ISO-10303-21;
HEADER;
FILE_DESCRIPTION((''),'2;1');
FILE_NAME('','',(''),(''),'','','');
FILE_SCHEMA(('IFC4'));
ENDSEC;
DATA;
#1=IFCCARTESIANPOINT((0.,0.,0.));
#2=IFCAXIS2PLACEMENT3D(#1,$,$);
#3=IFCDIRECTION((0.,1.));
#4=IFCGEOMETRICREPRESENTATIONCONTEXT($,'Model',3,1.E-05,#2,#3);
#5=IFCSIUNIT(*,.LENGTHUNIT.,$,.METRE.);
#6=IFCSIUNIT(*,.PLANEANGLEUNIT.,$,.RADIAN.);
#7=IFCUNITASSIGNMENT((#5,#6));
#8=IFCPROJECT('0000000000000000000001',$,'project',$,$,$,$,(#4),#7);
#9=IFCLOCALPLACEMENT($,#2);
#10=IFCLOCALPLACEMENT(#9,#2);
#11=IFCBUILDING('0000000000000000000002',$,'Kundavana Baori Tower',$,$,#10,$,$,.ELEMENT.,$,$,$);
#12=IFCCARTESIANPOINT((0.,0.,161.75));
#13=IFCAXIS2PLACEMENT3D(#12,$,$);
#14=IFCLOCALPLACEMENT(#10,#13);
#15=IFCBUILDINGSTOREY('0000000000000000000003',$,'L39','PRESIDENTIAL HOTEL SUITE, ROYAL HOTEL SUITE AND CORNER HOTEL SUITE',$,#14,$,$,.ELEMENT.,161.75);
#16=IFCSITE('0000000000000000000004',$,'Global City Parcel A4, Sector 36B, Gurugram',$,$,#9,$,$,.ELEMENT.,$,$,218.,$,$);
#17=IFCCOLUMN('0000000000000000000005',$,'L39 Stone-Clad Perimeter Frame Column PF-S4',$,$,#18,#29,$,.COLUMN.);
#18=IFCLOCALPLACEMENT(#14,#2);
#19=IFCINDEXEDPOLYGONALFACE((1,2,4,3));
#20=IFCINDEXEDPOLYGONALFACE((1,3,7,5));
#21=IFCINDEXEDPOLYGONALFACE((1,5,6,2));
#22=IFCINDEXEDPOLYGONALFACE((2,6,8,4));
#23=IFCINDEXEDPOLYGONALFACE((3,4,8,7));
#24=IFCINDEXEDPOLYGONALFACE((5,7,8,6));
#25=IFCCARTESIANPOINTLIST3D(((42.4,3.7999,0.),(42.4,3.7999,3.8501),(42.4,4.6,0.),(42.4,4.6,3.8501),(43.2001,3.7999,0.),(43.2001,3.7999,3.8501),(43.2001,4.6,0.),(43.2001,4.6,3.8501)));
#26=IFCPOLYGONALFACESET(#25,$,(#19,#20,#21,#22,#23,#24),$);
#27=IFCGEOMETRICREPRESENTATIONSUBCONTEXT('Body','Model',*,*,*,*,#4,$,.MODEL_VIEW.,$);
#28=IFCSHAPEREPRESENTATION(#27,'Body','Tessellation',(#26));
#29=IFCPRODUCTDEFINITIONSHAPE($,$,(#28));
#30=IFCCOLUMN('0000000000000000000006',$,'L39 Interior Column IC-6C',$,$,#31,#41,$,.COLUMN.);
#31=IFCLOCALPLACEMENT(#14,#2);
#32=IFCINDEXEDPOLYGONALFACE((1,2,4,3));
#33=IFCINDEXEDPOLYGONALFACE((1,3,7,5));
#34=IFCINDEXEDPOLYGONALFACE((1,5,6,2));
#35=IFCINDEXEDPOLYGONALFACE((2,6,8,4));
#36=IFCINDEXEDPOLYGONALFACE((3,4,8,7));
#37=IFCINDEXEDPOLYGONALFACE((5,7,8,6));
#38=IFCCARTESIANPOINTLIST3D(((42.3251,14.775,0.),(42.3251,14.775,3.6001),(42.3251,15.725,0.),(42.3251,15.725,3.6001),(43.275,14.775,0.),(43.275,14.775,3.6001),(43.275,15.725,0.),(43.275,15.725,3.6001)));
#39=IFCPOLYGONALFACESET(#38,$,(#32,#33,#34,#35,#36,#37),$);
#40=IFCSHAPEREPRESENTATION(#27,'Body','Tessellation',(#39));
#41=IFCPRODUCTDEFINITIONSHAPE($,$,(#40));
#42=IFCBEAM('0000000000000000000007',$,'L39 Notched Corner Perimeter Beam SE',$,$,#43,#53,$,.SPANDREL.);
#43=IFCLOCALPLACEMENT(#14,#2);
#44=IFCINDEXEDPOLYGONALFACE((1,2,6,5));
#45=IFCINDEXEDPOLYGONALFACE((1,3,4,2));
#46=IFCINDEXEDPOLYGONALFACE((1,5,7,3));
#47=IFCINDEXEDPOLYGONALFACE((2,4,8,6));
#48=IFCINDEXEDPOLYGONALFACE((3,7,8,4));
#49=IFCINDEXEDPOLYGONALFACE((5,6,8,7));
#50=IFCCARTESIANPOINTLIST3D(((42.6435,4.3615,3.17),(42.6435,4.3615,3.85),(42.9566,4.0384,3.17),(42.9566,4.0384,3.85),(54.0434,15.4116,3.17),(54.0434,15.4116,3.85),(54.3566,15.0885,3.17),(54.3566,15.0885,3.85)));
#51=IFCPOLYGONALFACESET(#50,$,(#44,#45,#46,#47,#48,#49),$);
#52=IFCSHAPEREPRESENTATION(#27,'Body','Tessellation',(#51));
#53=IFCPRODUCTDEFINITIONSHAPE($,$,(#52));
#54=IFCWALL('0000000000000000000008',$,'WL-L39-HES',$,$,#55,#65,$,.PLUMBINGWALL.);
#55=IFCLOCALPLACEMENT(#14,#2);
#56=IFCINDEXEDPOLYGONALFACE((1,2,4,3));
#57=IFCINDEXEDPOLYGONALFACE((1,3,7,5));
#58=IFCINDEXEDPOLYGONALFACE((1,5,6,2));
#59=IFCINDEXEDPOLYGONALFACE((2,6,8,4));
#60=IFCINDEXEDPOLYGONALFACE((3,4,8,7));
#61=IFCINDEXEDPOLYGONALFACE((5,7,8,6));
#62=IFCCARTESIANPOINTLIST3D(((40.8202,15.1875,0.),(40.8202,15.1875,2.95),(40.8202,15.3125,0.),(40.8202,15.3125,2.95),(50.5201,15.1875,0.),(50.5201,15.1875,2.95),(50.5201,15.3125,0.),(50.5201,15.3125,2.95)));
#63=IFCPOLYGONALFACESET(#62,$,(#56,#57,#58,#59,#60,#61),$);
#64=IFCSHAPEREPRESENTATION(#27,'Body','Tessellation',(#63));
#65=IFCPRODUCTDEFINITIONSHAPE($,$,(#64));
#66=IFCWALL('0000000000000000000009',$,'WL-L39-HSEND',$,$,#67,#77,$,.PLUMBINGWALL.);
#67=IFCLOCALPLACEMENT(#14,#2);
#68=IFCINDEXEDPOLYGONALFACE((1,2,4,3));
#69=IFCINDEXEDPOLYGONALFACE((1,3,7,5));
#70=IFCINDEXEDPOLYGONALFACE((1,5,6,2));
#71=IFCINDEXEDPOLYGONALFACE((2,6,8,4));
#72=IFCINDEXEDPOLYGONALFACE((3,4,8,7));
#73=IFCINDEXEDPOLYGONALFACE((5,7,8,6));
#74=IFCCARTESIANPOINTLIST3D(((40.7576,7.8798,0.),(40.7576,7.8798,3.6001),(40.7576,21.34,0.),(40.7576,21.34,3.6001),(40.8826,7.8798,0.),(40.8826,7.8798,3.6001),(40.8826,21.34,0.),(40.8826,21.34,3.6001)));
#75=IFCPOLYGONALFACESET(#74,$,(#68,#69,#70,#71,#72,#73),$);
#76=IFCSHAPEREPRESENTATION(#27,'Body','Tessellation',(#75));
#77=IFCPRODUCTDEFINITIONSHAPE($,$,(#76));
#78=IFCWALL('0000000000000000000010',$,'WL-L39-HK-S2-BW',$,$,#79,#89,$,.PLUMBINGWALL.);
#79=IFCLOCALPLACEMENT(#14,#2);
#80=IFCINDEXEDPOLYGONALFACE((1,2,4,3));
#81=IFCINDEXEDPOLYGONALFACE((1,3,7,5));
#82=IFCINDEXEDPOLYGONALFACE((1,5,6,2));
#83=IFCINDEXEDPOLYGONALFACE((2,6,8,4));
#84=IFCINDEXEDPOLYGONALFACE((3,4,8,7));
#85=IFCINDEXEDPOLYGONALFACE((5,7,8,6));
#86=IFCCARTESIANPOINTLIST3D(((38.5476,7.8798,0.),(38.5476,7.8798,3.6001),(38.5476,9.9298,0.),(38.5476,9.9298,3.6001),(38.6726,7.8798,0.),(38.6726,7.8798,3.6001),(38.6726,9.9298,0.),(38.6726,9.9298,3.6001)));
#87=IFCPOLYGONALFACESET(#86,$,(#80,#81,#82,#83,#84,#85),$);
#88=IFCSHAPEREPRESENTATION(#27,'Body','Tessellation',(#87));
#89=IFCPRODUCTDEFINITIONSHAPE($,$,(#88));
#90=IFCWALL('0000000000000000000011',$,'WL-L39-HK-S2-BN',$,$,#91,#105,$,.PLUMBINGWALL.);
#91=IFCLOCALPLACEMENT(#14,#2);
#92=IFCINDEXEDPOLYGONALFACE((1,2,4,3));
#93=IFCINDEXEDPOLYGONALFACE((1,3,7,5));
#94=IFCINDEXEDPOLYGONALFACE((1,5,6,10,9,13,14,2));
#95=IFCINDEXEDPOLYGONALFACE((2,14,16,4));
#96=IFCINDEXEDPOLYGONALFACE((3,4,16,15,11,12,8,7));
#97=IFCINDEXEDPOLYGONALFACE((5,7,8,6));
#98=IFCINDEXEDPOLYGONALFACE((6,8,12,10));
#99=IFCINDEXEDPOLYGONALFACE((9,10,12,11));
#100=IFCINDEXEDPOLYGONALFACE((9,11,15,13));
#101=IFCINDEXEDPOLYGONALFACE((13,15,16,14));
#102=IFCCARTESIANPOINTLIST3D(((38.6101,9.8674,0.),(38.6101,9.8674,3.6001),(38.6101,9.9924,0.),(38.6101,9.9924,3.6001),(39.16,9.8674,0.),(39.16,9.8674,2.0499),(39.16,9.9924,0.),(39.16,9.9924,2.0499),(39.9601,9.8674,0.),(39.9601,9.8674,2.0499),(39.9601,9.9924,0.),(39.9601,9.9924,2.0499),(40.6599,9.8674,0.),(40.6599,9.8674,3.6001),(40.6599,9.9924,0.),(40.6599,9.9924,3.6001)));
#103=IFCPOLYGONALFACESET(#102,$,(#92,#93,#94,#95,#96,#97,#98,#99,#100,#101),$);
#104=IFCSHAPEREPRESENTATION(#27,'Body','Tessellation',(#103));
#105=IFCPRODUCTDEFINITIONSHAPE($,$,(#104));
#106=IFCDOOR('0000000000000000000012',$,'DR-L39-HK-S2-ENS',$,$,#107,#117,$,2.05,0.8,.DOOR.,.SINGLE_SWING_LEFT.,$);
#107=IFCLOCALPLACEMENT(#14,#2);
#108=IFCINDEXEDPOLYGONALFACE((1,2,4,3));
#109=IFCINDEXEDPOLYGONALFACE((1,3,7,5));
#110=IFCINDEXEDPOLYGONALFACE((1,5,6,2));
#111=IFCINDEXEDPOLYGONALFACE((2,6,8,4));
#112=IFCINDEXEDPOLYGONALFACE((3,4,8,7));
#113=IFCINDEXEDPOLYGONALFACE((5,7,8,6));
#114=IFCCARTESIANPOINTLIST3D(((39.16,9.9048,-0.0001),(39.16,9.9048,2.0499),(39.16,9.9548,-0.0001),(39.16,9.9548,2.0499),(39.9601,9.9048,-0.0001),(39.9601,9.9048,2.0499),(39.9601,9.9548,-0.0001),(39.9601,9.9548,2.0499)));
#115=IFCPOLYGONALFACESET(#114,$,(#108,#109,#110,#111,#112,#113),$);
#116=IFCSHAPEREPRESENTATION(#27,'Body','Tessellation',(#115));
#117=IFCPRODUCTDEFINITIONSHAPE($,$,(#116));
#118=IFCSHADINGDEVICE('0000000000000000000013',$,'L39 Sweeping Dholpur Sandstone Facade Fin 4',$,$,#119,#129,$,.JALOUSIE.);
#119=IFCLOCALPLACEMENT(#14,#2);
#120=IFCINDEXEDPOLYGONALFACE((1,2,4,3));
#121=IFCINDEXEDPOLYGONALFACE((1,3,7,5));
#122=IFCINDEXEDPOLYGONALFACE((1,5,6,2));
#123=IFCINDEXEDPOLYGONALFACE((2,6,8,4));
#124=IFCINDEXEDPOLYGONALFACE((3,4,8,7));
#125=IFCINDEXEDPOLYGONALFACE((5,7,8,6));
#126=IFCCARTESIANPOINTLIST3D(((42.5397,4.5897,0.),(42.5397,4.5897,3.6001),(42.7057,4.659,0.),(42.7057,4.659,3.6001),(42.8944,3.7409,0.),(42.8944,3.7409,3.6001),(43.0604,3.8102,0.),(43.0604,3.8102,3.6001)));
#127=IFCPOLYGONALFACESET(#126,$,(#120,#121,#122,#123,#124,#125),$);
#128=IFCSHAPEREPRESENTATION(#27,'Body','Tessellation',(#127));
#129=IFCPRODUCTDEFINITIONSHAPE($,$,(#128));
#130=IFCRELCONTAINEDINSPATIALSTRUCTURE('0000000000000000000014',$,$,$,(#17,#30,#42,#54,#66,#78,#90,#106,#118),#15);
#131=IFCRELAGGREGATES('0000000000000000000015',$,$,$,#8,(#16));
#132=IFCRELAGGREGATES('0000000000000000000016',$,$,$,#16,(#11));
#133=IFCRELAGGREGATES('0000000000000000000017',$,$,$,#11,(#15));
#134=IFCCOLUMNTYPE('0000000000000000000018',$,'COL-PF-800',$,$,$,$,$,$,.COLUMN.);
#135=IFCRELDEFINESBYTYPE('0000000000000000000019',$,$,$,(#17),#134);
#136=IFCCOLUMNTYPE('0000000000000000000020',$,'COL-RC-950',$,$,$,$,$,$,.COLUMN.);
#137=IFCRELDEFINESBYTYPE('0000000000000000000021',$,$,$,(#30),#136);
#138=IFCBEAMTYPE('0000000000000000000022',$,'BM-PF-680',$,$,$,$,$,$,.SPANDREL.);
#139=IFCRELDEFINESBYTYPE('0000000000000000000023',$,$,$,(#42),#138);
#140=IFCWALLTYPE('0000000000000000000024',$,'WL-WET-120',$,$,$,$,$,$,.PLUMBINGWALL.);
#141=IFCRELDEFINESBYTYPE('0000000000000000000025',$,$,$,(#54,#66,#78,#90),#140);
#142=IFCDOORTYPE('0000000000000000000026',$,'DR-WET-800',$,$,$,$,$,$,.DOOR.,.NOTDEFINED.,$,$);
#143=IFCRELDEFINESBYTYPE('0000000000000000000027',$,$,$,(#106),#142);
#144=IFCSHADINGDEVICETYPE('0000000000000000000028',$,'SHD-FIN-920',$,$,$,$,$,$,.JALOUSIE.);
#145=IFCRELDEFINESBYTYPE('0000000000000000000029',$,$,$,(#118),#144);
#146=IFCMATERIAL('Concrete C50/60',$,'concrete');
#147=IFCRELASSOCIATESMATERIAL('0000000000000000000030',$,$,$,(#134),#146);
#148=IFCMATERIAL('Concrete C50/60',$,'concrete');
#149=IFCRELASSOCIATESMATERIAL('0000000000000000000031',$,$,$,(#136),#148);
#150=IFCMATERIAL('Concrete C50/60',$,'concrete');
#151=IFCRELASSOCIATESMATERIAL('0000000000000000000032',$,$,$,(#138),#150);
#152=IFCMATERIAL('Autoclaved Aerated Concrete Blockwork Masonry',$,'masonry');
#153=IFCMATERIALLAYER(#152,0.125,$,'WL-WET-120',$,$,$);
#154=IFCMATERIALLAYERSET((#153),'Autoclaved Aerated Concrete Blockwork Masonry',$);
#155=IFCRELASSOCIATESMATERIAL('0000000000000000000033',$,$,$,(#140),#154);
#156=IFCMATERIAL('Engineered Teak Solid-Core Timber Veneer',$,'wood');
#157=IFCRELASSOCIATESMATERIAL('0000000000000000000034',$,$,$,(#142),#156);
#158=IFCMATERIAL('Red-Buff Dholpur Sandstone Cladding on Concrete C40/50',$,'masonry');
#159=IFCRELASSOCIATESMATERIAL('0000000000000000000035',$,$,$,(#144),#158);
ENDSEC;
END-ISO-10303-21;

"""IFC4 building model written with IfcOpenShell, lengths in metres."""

from ifc_helpers import new_model, si_unit, direction, frame, frame_2d, origin, origin_2d, place, context, subcontext, project, spatial, rectangle, extrude, material, layer, layer_set, material_profile, profile_set, type_object, element, fill, save


model = new_model("IFC4")

# Units and contexts
model_context = context("Model", 3, precision=1e-05, world=origin(), true_north=direction((0.0, 1.0)))
body_context = subcontext(model_context, "Body", "Model", "MODEL_VIEW")
ifc_project = project(units=[si_unit("LENGTHUNIT", "METRE"), si_unit("PLANEANGLEUNIT", "RADIAN")], contexts=[model_context])

# Site, building, storey
site_placement = place(None, origin())
site = spatial("IfcSite", under=ifc_project, at=site_placement, Name="Global City Parcel A4, Sector 36B, Gurugram", CompositionType="ELEMENT", RefElevation=218.0)
building_placement = place(site_placement, origin())
building = spatial("IfcBuilding", under=site, at=building_placement, Name="Kundavana Baori Tower", CompositionType="ELEMENT")
storey_placement = place(building_placement, frame((0.0, 0.0, 161.75)))
storey = spatial("IfcBuildingStorey", under=building, at=storey_placement, Name="L39", Description="PRESIDENTIAL HOTEL SUITE, ROYAL HOTEL SUITE AND CORNER HOTEL SUITE", CompositionType="ELEMENT", Elevation=161.75)

# Columns
ifc_material_1 = material(Name="Concrete C50/60", Category="concrete")
ifc_material_profile_1 = material_profile(ifc_material_1, rectangle(XDim=0.8, YDim=0.8, at=origin_2d()), Name="RC PF 800x800")
ifc_profile_set_1 = profile_set([ifc_material_profile_1], Name="Concrete C50/60")
column_type_1 = type_object("IfcColumnType", Name="COL-PF-800", PredefinedType="COLUMN", material=ifc_profile_set_1)
column_1_placement = place(storey_placement, frame((42.8, 4.2, 0.0), z_axis=(0.0, 0.0, 1.0), x_axis=(1.0, 0.0, 0.0)))
element("IfcColumn", 1, at=column_1_placement, inside=storey, type_object=column_type_1, Name="L39 Stone-Clad Perimeter Frame Column PF-S4", PredefinedType="COLUMN", context=body_context, shape_type="SweptSolid", body=[
    extrude(rectangle(XDim=0.8, YDim=0.8, at=origin_2d()), origin(), (0.0, 0.0, 1.0), 3.8501),
])
ifc_material_2 = material(Name="Concrete C50/60", Category="concrete")
ifc_material_profile_2 = material_profile(ifc_material_2, rectangle(XDim=0.95, YDim=0.95, at=origin_2d()), Name="RC 950x950")
ifc_profile_set_2 = profile_set([ifc_material_profile_2], Name="Concrete C50/60")
column_type_2 = type_object("IfcColumnType", Name="COL-RC-950", PredefinedType="COLUMN", material=ifc_profile_set_2)
column_2_placement = place(storey_placement, frame((42.8, 15.25, 0.0), z_axis=(0.0, 0.0, 1.0), x_axis=(1.0, 0.0, 0.0)))
element("IfcColumn", 2, at=column_2_placement, inside=storey, type_object=column_type_2, Name="L39 Interior Column IC-6C", PredefinedType="COLUMN", context=body_context, shape_type="SweptSolid", body=[
    extrude(rectangle(XDim=0.95, YDim=0.95, at=origin_2d()), origin(), (0.0, 0.0, 1.0), 3.6001),
])

# Beam
ifc_material_3 = material(Name="Concrete C50/60", Category="concrete")
ifc_material_profile_3 = material_profile(ifc_material_3, rectangle(XDim=0.45, YDim=0.6799, at=origin_2d()), Name="RC BM 450x680")
ifc_profile_set_3 = profile_set([ifc_material_profile_3], Name="Concrete C50/60")
beam_type = type_object("IfcBeamType", Name="BM-PF-680", PredefinedType="SPANDREL", material=ifc_profile_set_3)
beam_placement = place(storey_placement, frame((42.8, 4.2, 3.51), z_axis=(0.718039, 0.696003, 0.0), x_axis=(-0.696003, 0.718039, 0.0)))
element("IfcBeam", 3, at=beam_placement, inside=storey, type_object=beam_type, Name="L39 Notched Corner Perimeter Beam SE", PredefinedType="SPANDREL", context=body_context, shape_type="SweptSolid", body=[
    extrude(rectangle(XDim=0.45, YDim=0.6799, at=origin_2d()), origin(), (0.0, 0.0, 1.0), 15.8765),
])

# Walls
ifc_material_4 = material(Name="Autoclaved Aerated Concrete Blockwork Masonry", Category="masonry")
ifc_layer = layer(ifc_material_4, 0.125, Name="WL-WET-120")
ifc_layer_set = layer_set([ifc_layer], Name="Autoclaved Aerated Concrete Blockwork Masonry")
wall_type = type_object("IfcWallType", Name="WL-WET-120", PredefinedType="PLUMBINGWALL", material=ifc_layer_set)
wall_1_placement = place(storey_placement, frame((40.8201, 15.25, 0.0), z_axis=(0.0, 0.0, 1.0), x_axis=(1.0, 0.0, 0.0)))
element("IfcWall", 4, at=wall_1_placement, inside=storey, type_object=wall_type, Name="WL-L39-HES", PredefinedType="PLUMBINGWALL", context=body_context, shape_type="SweptSolid", body=[
    extrude(rectangle(XDim=9.7, YDim=0.125, at=frame_2d((4.8501, 0.0))), origin(), (0.0, 0.0, 1.0), 2.95),
])
wall_2_placement = place(storey_placement, frame((40.8201, 7.8799, 0.0), z_axis=(0.0, 0.0, 1.0), x_axis=(0.0, 1.0, 0.0)))
element("IfcWall", 5, at=wall_2_placement, inside=storey, type_object=wall_type, Name="WL-L39-HSEND", PredefinedType="PLUMBINGWALL", context=body_context, shape_type="SweptSolid", body=[
    extrude(rectangle(XDim=13.4602, YDim=0.125, at=frame_2d((6.73, 0.0))), origin(), (0.0, 0.0, 1.0), 3.6001),
])
wall_3_placement = place(storey_placement, frame((38.6101, 7.8799, 0.0), z_axis=(0.0, 0.0, 1.0), x_axis=(0.0, 1.0, 0.0)))
element("IfcWall", 6, at=wall_3_placement, inside=storey, type_object=wall_type, Name="WL-L39-HK-S2-BW", PredefinedType="PLUMBINGWALL", context=body_context, shape_type="SweptSolid", body=[
    extrude(rectangle(XDim=2.05, YDim=0.125, at=frame_2d((1.0249, 0.0))), origin(), (0.0, 0.0, 1.0), 3.6001),
])

# Wall, opening, door
wall_4_placement = place(storey_placement, frame((38.6101, 9.9299, 0.0), z_axis=(0.0, 0.0, 1.0), x_axis=(1.0, 0.0, 0.0)))
wall_4 = element("IfcWall", 7, at=wall_4_placement, inside=storey, type_object=wall_type, Name="WL-L39-HK-S2-BN", PredefinedType="PLUMBINGWALL", context=body_context, shape_type="SweptSolid", body=[
    extrude(rectangle(XDim=2.0498, YDim=0.125, at=frame_2d((1.0249, 0.0))), origin(), (0.0, 0.0, 1.0), 3.6001),
])
opening_placement = place(wall_4_placement, frame((0.55, 0.0, 0.0)))
opening = element("IfcOpeningElement", 8, at=opening_placement, cuts=wall_4, PredefinedType="OPENING", context=body_context, shape_type="SweptSolid", body=[
    extrude(rectangle(XDim=0.8, YDim=2.05, at=frame_2d((0.3999, 1.0249))), frame((0.0, 0.0725, 0.0), z_axis=(0.0, -1.0, 0.0), x_axis=(1.0, 0.0, 0.0)), (0.0, 0.0, 1.0), 0.145),
])
ifc_material_5 = material(Name="Engineered Teak Solid-Core Timber Veneer", Category="wood")
door_type = type_object("IfcDoorType", Name="DR-WET-800", OperationType="NOTDEFINED", PredefinedType="DOOR", material=ifc_material_5)
door_placement = place(opening_placement, origin())
door = element("IfcDoor", 9, at=door_placement, inside=storey, type_object=door_type, Name="DR-L39-HK-S2-ENS", OperationType="SINGLE_SWING_LEFT", OverallHeight=2.05, OverallWidth=0.8, PredefinedType="DOOR", context=body_context, shape_type="SweptSolid", body=[
    extrude(rectangle(XDim=0.8, YDim=2.05, at=frame_2d((0.3999, 1.0249))), frame((0.0, 0.0249, 0.0), z_axis=(0.0, -1.0, 0.0), x_axis=(1.0, 0.0, 0.0)), (0.0, 0.0, 1.0), 0.05),
])
fill(opening, door)

# Shading device
ifc_material_6 = material(Name="Red-Buff Dholpur Sandstone Cladding on Concrete C40/50", Category="masonry")
shading_device_type = type_object("IfcShadingDeviceType", Name="SHD-FIN-920", PredefinedType="JALOUSIE", material=ifc_material_6)
shading_device_placement = place(storey_placement, frame((42.8, 4.2, 0.0), z_axis=(0.0, 0.0, 1.0), x_axis=(0.922673, 0.385584, 0.0)))
element("IfcShadingDevice", 10, at=shading_device_placement, inside=storey, type_object=shading_device_type, Name="L39 Sweeping Dholpur Sandstone Facade Fin 4", PredefinedType="JALOUSIE", context=body_context, shape_type="SweptSolid", body=[
    extrude(rectangle(XDim=0.1799, YDim=0.9199, at=origin_2d()), origin(), (0.0, 0.0, 1.0), 3.6001),
])

save(model, "model.ifc")
